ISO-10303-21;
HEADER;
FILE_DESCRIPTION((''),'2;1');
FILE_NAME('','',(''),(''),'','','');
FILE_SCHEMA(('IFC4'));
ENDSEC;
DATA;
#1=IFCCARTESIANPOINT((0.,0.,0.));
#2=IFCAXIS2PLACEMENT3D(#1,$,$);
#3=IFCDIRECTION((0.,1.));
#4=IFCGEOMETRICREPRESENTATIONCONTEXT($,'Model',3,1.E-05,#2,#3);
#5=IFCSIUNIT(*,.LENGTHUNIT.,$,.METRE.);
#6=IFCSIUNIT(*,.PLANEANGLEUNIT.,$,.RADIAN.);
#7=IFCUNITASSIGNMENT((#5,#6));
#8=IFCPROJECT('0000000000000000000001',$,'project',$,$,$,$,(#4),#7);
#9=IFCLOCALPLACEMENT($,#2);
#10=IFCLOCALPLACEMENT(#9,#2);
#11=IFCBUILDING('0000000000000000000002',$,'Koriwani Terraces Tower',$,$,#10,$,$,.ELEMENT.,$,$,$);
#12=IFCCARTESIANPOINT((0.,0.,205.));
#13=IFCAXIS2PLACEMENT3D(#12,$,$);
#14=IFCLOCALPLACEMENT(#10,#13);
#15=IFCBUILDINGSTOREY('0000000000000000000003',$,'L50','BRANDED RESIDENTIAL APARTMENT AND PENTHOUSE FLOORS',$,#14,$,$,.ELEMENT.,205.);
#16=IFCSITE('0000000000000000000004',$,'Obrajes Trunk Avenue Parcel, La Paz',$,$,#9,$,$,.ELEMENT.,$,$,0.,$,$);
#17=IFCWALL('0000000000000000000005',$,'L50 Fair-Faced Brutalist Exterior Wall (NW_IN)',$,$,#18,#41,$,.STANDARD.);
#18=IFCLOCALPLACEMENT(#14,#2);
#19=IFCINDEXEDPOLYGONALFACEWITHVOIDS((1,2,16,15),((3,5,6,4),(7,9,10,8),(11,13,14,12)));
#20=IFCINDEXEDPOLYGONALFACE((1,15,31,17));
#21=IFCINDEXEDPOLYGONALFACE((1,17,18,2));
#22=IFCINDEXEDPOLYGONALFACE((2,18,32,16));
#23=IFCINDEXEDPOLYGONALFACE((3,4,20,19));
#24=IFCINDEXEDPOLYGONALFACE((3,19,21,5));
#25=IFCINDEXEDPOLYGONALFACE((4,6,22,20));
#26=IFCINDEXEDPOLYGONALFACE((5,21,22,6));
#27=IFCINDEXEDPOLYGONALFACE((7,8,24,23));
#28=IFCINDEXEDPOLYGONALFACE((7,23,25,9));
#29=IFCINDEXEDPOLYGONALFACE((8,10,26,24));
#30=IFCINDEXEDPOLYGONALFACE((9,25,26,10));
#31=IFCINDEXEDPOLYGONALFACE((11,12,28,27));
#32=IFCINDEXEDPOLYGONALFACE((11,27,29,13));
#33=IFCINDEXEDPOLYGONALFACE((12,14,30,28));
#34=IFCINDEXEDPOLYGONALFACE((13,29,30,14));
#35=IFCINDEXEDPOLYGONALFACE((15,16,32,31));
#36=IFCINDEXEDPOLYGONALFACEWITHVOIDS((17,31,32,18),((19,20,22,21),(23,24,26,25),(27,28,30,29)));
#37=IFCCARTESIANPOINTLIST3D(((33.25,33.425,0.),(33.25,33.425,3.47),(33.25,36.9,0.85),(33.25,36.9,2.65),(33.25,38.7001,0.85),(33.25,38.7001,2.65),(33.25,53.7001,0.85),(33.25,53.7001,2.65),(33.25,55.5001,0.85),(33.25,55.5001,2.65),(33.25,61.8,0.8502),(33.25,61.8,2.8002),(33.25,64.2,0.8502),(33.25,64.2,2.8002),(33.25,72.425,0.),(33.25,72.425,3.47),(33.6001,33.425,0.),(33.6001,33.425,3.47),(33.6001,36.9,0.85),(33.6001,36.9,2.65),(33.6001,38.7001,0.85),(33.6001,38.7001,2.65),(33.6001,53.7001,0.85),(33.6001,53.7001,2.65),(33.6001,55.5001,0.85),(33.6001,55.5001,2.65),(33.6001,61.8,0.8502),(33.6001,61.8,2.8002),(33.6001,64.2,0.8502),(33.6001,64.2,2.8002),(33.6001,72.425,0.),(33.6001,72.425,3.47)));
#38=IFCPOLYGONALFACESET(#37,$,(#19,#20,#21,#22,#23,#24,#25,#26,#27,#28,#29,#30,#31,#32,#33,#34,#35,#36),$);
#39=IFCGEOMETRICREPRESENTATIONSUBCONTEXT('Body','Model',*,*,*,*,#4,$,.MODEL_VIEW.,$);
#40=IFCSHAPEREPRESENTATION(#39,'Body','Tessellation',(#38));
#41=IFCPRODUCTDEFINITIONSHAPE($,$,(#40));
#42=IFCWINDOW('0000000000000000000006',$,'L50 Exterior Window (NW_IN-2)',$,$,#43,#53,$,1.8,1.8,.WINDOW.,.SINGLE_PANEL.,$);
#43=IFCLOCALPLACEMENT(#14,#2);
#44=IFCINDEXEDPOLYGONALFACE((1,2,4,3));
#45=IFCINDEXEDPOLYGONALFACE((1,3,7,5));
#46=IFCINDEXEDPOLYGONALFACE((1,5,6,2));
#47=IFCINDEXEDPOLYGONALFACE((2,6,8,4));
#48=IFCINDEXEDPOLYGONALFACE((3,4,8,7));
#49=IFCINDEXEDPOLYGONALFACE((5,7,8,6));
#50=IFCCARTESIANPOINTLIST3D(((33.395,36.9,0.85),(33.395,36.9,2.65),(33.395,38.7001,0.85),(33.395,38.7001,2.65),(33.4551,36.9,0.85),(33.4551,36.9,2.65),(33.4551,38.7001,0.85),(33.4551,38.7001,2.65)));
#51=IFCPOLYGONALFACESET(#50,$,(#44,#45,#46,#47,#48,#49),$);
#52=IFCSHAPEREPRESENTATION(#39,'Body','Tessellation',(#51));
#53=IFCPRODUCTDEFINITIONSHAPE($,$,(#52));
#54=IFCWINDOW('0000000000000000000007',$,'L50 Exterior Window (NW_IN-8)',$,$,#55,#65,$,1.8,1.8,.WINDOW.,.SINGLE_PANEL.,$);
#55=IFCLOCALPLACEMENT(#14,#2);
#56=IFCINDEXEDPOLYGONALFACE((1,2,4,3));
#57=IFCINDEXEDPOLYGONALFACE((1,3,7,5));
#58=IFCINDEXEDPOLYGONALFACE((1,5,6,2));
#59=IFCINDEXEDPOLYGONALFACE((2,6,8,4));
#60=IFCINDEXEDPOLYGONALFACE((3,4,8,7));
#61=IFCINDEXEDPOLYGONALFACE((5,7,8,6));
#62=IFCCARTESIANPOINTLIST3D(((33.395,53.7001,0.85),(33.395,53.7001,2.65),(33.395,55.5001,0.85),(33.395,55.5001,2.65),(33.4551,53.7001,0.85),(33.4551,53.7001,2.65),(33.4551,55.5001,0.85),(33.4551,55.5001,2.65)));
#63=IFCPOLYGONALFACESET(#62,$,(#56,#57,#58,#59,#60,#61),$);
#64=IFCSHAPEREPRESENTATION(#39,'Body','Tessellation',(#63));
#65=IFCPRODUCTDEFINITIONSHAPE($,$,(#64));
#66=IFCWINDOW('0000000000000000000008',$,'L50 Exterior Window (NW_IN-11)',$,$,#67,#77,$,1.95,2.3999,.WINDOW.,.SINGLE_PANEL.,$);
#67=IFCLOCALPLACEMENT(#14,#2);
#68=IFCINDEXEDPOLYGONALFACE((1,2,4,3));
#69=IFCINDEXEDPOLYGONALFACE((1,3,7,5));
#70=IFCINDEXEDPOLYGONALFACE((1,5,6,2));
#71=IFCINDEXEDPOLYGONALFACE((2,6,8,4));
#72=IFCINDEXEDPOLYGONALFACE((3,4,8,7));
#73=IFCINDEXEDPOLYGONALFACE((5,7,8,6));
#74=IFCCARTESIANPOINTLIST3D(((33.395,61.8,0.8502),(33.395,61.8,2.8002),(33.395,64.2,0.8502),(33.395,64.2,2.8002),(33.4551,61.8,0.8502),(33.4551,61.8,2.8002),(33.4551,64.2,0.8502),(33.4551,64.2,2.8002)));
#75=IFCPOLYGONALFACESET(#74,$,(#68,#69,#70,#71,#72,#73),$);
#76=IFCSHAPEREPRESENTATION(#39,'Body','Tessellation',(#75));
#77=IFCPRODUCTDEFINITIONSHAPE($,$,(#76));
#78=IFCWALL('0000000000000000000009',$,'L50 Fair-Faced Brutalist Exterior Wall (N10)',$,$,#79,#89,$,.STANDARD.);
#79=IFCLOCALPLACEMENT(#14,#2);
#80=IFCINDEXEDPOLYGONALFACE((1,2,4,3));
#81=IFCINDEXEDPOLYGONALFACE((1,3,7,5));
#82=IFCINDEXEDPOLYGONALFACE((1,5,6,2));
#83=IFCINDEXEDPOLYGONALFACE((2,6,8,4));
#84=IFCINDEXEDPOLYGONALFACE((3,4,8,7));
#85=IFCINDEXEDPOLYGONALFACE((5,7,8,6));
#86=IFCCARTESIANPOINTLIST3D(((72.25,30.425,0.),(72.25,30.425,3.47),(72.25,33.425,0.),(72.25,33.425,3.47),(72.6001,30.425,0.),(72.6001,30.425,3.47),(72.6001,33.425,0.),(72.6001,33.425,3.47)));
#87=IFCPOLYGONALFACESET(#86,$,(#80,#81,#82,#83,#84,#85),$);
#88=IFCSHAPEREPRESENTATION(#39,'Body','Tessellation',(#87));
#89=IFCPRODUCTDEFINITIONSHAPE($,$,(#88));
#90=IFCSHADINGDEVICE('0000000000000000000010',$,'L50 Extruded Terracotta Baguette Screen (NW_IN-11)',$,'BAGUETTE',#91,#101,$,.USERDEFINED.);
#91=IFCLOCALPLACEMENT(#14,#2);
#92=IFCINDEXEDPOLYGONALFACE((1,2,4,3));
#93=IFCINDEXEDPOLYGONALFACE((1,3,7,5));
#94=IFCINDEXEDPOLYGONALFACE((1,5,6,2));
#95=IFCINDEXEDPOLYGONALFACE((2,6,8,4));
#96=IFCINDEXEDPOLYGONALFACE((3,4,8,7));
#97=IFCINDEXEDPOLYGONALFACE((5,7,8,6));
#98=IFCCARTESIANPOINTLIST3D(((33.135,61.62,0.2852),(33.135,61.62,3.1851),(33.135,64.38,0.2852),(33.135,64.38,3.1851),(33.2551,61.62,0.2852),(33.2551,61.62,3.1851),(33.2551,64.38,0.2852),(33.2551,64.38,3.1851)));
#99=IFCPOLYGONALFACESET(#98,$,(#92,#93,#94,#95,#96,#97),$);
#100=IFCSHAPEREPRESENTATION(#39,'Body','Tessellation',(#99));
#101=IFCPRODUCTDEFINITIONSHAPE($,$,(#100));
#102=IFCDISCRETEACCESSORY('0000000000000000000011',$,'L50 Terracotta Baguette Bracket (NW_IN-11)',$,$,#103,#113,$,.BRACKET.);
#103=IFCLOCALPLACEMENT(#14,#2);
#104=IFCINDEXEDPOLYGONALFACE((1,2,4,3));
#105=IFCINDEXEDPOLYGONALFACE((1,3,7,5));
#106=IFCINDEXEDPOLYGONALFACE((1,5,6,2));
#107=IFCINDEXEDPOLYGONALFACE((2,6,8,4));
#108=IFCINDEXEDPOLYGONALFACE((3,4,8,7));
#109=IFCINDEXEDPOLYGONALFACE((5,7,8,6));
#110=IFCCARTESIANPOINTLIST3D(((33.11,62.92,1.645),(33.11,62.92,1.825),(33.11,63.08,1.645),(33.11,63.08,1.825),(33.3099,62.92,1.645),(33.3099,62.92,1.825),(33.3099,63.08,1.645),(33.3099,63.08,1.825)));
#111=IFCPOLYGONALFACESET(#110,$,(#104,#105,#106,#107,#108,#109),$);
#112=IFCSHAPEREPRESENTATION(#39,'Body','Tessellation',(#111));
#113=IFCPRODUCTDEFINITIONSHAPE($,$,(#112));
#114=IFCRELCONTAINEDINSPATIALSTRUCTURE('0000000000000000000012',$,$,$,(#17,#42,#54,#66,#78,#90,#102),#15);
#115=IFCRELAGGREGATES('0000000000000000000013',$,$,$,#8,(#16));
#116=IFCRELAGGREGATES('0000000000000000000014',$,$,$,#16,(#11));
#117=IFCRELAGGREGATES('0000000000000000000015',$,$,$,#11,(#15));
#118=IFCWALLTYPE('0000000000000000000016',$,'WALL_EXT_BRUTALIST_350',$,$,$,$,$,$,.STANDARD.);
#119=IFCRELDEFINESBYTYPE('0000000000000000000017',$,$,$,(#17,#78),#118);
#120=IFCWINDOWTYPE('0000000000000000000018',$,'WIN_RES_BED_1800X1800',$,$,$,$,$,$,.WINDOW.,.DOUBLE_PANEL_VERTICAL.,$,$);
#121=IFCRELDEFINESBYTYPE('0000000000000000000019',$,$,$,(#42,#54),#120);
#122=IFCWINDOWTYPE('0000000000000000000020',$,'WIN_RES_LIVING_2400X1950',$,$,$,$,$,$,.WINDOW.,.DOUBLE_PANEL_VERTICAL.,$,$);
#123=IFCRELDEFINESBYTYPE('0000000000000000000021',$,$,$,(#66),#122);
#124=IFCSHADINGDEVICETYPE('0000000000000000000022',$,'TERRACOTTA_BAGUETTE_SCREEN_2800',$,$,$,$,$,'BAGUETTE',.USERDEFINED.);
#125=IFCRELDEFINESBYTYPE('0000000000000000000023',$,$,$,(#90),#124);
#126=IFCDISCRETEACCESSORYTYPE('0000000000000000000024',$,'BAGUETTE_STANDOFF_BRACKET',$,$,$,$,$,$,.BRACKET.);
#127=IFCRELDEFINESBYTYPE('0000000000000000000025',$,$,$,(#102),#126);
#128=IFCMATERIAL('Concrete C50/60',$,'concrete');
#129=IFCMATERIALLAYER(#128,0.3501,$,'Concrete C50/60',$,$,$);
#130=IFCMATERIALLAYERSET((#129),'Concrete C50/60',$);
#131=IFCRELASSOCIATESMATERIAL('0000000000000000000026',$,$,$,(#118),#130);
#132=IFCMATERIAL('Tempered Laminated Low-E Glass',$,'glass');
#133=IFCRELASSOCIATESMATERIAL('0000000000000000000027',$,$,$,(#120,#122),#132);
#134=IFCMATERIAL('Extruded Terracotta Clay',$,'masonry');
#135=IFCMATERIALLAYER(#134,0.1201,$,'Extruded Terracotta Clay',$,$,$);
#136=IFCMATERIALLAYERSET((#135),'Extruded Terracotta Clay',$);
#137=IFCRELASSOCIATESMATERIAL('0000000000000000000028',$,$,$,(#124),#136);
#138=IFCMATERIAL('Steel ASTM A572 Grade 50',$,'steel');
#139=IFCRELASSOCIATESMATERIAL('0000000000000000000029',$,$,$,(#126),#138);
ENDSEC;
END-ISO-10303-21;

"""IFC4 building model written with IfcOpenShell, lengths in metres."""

from ifc_helpers import new_model, si_unit, direction, frame, frame_2d, origin, origin_2d, place, context, subcontext, project, spatial, rectangle, extrude, material, layer, layer_set, type_object, element, fill, save


model = new_model("IFC4")

# Units and contexts
model_context = context("Model", 3, precision=1e-05, world=origin(), true_north=direction((0.0, 1.0)))
body_context = subcontext(model_context, "Body", "Model", "MODEL_VIEW")
ifc_project = project(units=[si_unit("LENGTHUNIT", "METRE"), si_unit("PLANEANGLEUNIT", "RADIAN")], contexts=[model_context])

# Site, building, storey
site_placement = place(None, origin())
site = spatial("IfcSite", under=ifc_project, at=site_placement, Name="Obrajes Trunk Avenue Parcel, La Paz", CompositionType="ELEMENT", RefElevation=0.0)
building_placement = place(site_placement, origin())
building = spatial("IfcBuilding", under=site, at=building_placement, Name="Koriwani Terraces Tower", CompositionType="ELEMENT")
storey_placement = place(building_placement, frame((0.0, 0.0, 205.0)))
storey = spatial("IfcBuildingStorey", under=building, at=storey_placement, Name="L50", Description="BRANDED RESIDENTIAL APARTMENT AND PENTHOUSE FLOORS", CompositionType="ELEMENT", Elevation=205.0)

# Shared definitions
ifc_material_1 = material(Name="Concrete C50/60", Category="concrete")

# Shared definitions
ifc_material_2 = material(Name="Tempered Laminated Low-E Glass", Category="glass")

# Shared definitions
ifc_layer_1 = layer(ifc_material_1, 0.3501, Name="Concrete C50/60")
ifc_layer_set_1 = layer_set([ifc_layer_1], Name="Concrete C50/60")
wall_type = type_object("IfcWallType", Name="WALL_EXT_BRUTALIST_350", PredefinedType="STANDARD", material=ifc_layer_set_1)

# Shared definitions
window_type_1 = type_object("IfcWindowType", Name="WIN_RES_BED_1800X1800", PartitioningType="DOUBLE_PANEL_VERTICAL", PredefinedType="WINDOW", material=ifc_material_2)

# Wall, openings, windows
wall_1_placement = place(storey_placement, frame((33.425, 72.425, 0.0), z_axis=(0.0, 0.0, 1.0), x_axis=(0.0, -1.0, 0.0)))
wall_1 = element("IfcWall", 1, at=wall_1_placement, inside=storey, type_object=wall_type, Name="L50 Fair-Faced Brutalist Exterior Wall (NW_IN)", PredefinedType="STANDARD", context=body_context, shape_type="SweptSolid", body=[
    extrude(rectangle(XDim=39.0, YDim=0.3501, at=frame_2d((19.5, 0.0))), origin(), (0.0, 0.0, 1.0), 3.47),
])
opening_1_placement = place(wall_1_placement, frame((33.7251, 0.0, 0.8501)))
opening_1 = element("IfcOpeningElement", 2, at=opening_1_placement, cuts=wall_1, PredefinedType="OPENING", context=body_context, shape_type="SweptSolid", body=[
    extrude(rectangle(XDim=1.8, YDim=1.8, at=frame_2d((0.8999, 0.8999))), frame((0.0, 0.1851, 0.0), z_axis=(0.0, -1.0, 0.0), x_axis=(1.0, 0.0, 0.0)), (0.0, 0.0, 1.0), 0.3701),
])
opening_2_placement = place(wall_1_placement, frame((16.925, 0.0, 0.8501)))
opening_2 = element("IfcOpeningElement", 3, at=opening_2_placement, cuts=wall_1, PredefinedType="OPENING", context=body_context, shape_type="SweptSolid", body=[
    extrude(rectangle(XDim=1.8, YDim=1.8, at=frame_2d((0.8999, 0.8999))), frame((0.0, 0.1851, 0.0), z_axis=(0.0, -1.0, 0.0), x_axis=(1.0, 0.0, 0.0)), (0.0, 0.0, 1.0), 0.3701),
])
opening_3_placement = place(wall_1_placement, frame((8.2251, 0.0, 0.8501)))
opening_3 = element("IfcOpeningElement", 4, at=opening_3_placement, cuts=wall_1, PredefinedType="OPENING", context=body_context, shape_type="SweptSolid", body=[
    extrude(rectangle(XDim=2.3999, YDim=1.95, at=frame_2d((1.2, 0.9751))), frame((0.0, 0.1851, 0.0), z_axis=(0.0, -1.0, 0.0), x_axis=(1.0, 0.0, 0.0)), (0.0, 0.0, 1.0), 0.3701),
])
window_1_placement = place(opening_1_placement, origin())
window_1 = element("IfcWindow", 5, at=window_1_placement, inside=storey, type_object=window_type_1, Name="L50 Exterior Window (NW_IN-2)", OverallHeight=1.8, OverallWidth=1.8, PartitioningType="SINGLE_PANEL", PredefinedType="WINDOW", context=body_context, shape_type="SweptSolid", body=[
    extrude(rectangle(XDim=1.8, YDim=1.8, at=frame_2d((0.8999, 0.8999))), frame((0.0, 0.03, 0.0), z_axis=(0.0, -1.0, 0.0), x_axis=(1.0, 0.0, 0.0)), (0.0, 0.0, 1.0), 0.0601),
])
fill(opening_1, window_1)
window_2_placement = place(opening_2_placement, origin())
window_2 = element("IfcWindow", 6, at=window_2_placement, inside=storey, type_object=window_type_1, Name="L50 Exterior Window (NW_IN-8)", OverallHeight=1.8, OverallWidth=1.8, PartitioningType="SINGLE_PANEL", PredefinedType="WINDOW", context=body_context, shape_type="SweptSolid", body=[
    extrude(rectangle(XDim=1.8, YDim=1.8, at=frame_2d((0.8999, 0.8999))), frame((0.0, 0.03, 0.0), z_axis=(0.0, -1.0, 0.0), x_axis=(1.0, 0.0, 0.0)), (0.0, 0.0, 1.0), 0.0601),
])
fill(opening_2, window_2)
window_type_2 = type_object("IfcWindowType", Name="WIN_RES_LIVING_2400X1950", PartitioningType="DOUBLE_PANEL_VERTICAL", PredefinedType="WINDOW", material=ifc_material_2)
window_3_placement = place(opening_3_placement, origin())
window_3 = element("IfcWindow", 7, at=window_3_placement, inside=storey, type_object=window_type_2, Name="L50 Exterior Window (NW_IN-11)", OverallHeight=1.95, OverallWidth=2.3999, PartitioningType="SINGLE_PANEL", PredefinedType="WINDOW", context=body_context, shape_type="SweptSolid", body=[
    extrude(rectangle(XDim=2.3999, YDim=1.95, at=frame_2d((1.2, 0.9751))), frame((0.0, 0.03, 0.0), z_axis=(0.0, -1.0, 0.0), x_axis=(1.0, 0.0, 0.0)), (0.0, 0.0, 1.0), 0.0601),
])
fill(opening_3, window_3)

# Wall
wall_2_placement = place(storey_placement, frame((72.425, 33.425, 0.0), z_axis=(0.0, 0.0, 1.0), x_axis=(0.0, -1.0, 0.0)))
element("IfcWall", 8, at=wall_2_placement, inside=storey, type_object=wall_type, Name="L50 Fair-Faced Brutalist Exterior Wall (N10)", PredefinedType="STANDARD", context=body_context, shape_type="SweptSolid", body=[
    extrude(rectangle(XDim=3.0, YDim=0.3501, at=frame_2d((1.5, 0.0))), origin(), (0.0, 0.0, 1.0), 3.47),
])

# Shared definitions
ifc_material_3 = material(Name="Steel ASTM A572 Grade 50", Category="steel")

# Shading device
ifc_material_4 = material(Name="Extruded Terracotta Clay", Category="masonry")
ifc_layer_2 = layer(ifc_material_4, 0.1201, Name="Extruded Terracotta Clay")
ifc_layer_set_2 = layer_set([ifc_layer_2], Name="Extruded Terracotta Clay")
shading_device_type = type_object("IfcShadingDeviceType", Name="TERRACOTTA_BAGUETTE_SCREEN_2800", ElementType="BAGUETTE", PredefinedType="USERDEFINED", material=ifc_layer_set_2)
shading_device_placement = place(storey_placement, frame((33.1951, 63.0, 0.2852), z_axis=(0.0, 0.0, 1.0), x_axis=(0.0, -1.0, 0.0)))
element("IfcShadingDevice", 9, at=shading_device_placement, inside=storey, type_object=shading_device_type, Name="L50 Extruded Terracotta Baguette Screen (NW_IN-11)", ObjectType="BAGUETTE", PredefinedType="USERDEFINED", context=body_context, shape_type="SweptSolid", body=[
    extrude(rectangle(XDim=2.76, YDim=0.1201, at=origin_2d()), origin(), (0.0, 0.0, 1.0), 2.8999),
])

# Discrete accessory
discrete_accessory_type = type_object("IfcDiscreteAccessoryType", Name="BAGUETTE_STANDOFF_BRACKET", PredefinedType="BRACKET", material=ifc_material_3)
discrete_accessory_placement = place(storey_placement, frame((33.21, 63.0, 1.645), z_axis=(0.0, 0.0, 1.0), x_axis=(0.0, -1.0, 0.0)))
element("IfcDiscreteAccessory", 10, at=discrete_accessory_placement, inside=storey, type_object=discrete_accessory_type, Name="L50 Terracotta Baguette Bracket (NW_IN-11)", PredefinedType="BRACKET", context=body_context, shape_type="SweptSolid", body=[
    extrude(rectangle(XDim=0.1599, YDim=0.2, at=origin_2d()), origin(), (0.0, 0.0, 1.0), 0.1799),
])

save(model, "model.ifc")
